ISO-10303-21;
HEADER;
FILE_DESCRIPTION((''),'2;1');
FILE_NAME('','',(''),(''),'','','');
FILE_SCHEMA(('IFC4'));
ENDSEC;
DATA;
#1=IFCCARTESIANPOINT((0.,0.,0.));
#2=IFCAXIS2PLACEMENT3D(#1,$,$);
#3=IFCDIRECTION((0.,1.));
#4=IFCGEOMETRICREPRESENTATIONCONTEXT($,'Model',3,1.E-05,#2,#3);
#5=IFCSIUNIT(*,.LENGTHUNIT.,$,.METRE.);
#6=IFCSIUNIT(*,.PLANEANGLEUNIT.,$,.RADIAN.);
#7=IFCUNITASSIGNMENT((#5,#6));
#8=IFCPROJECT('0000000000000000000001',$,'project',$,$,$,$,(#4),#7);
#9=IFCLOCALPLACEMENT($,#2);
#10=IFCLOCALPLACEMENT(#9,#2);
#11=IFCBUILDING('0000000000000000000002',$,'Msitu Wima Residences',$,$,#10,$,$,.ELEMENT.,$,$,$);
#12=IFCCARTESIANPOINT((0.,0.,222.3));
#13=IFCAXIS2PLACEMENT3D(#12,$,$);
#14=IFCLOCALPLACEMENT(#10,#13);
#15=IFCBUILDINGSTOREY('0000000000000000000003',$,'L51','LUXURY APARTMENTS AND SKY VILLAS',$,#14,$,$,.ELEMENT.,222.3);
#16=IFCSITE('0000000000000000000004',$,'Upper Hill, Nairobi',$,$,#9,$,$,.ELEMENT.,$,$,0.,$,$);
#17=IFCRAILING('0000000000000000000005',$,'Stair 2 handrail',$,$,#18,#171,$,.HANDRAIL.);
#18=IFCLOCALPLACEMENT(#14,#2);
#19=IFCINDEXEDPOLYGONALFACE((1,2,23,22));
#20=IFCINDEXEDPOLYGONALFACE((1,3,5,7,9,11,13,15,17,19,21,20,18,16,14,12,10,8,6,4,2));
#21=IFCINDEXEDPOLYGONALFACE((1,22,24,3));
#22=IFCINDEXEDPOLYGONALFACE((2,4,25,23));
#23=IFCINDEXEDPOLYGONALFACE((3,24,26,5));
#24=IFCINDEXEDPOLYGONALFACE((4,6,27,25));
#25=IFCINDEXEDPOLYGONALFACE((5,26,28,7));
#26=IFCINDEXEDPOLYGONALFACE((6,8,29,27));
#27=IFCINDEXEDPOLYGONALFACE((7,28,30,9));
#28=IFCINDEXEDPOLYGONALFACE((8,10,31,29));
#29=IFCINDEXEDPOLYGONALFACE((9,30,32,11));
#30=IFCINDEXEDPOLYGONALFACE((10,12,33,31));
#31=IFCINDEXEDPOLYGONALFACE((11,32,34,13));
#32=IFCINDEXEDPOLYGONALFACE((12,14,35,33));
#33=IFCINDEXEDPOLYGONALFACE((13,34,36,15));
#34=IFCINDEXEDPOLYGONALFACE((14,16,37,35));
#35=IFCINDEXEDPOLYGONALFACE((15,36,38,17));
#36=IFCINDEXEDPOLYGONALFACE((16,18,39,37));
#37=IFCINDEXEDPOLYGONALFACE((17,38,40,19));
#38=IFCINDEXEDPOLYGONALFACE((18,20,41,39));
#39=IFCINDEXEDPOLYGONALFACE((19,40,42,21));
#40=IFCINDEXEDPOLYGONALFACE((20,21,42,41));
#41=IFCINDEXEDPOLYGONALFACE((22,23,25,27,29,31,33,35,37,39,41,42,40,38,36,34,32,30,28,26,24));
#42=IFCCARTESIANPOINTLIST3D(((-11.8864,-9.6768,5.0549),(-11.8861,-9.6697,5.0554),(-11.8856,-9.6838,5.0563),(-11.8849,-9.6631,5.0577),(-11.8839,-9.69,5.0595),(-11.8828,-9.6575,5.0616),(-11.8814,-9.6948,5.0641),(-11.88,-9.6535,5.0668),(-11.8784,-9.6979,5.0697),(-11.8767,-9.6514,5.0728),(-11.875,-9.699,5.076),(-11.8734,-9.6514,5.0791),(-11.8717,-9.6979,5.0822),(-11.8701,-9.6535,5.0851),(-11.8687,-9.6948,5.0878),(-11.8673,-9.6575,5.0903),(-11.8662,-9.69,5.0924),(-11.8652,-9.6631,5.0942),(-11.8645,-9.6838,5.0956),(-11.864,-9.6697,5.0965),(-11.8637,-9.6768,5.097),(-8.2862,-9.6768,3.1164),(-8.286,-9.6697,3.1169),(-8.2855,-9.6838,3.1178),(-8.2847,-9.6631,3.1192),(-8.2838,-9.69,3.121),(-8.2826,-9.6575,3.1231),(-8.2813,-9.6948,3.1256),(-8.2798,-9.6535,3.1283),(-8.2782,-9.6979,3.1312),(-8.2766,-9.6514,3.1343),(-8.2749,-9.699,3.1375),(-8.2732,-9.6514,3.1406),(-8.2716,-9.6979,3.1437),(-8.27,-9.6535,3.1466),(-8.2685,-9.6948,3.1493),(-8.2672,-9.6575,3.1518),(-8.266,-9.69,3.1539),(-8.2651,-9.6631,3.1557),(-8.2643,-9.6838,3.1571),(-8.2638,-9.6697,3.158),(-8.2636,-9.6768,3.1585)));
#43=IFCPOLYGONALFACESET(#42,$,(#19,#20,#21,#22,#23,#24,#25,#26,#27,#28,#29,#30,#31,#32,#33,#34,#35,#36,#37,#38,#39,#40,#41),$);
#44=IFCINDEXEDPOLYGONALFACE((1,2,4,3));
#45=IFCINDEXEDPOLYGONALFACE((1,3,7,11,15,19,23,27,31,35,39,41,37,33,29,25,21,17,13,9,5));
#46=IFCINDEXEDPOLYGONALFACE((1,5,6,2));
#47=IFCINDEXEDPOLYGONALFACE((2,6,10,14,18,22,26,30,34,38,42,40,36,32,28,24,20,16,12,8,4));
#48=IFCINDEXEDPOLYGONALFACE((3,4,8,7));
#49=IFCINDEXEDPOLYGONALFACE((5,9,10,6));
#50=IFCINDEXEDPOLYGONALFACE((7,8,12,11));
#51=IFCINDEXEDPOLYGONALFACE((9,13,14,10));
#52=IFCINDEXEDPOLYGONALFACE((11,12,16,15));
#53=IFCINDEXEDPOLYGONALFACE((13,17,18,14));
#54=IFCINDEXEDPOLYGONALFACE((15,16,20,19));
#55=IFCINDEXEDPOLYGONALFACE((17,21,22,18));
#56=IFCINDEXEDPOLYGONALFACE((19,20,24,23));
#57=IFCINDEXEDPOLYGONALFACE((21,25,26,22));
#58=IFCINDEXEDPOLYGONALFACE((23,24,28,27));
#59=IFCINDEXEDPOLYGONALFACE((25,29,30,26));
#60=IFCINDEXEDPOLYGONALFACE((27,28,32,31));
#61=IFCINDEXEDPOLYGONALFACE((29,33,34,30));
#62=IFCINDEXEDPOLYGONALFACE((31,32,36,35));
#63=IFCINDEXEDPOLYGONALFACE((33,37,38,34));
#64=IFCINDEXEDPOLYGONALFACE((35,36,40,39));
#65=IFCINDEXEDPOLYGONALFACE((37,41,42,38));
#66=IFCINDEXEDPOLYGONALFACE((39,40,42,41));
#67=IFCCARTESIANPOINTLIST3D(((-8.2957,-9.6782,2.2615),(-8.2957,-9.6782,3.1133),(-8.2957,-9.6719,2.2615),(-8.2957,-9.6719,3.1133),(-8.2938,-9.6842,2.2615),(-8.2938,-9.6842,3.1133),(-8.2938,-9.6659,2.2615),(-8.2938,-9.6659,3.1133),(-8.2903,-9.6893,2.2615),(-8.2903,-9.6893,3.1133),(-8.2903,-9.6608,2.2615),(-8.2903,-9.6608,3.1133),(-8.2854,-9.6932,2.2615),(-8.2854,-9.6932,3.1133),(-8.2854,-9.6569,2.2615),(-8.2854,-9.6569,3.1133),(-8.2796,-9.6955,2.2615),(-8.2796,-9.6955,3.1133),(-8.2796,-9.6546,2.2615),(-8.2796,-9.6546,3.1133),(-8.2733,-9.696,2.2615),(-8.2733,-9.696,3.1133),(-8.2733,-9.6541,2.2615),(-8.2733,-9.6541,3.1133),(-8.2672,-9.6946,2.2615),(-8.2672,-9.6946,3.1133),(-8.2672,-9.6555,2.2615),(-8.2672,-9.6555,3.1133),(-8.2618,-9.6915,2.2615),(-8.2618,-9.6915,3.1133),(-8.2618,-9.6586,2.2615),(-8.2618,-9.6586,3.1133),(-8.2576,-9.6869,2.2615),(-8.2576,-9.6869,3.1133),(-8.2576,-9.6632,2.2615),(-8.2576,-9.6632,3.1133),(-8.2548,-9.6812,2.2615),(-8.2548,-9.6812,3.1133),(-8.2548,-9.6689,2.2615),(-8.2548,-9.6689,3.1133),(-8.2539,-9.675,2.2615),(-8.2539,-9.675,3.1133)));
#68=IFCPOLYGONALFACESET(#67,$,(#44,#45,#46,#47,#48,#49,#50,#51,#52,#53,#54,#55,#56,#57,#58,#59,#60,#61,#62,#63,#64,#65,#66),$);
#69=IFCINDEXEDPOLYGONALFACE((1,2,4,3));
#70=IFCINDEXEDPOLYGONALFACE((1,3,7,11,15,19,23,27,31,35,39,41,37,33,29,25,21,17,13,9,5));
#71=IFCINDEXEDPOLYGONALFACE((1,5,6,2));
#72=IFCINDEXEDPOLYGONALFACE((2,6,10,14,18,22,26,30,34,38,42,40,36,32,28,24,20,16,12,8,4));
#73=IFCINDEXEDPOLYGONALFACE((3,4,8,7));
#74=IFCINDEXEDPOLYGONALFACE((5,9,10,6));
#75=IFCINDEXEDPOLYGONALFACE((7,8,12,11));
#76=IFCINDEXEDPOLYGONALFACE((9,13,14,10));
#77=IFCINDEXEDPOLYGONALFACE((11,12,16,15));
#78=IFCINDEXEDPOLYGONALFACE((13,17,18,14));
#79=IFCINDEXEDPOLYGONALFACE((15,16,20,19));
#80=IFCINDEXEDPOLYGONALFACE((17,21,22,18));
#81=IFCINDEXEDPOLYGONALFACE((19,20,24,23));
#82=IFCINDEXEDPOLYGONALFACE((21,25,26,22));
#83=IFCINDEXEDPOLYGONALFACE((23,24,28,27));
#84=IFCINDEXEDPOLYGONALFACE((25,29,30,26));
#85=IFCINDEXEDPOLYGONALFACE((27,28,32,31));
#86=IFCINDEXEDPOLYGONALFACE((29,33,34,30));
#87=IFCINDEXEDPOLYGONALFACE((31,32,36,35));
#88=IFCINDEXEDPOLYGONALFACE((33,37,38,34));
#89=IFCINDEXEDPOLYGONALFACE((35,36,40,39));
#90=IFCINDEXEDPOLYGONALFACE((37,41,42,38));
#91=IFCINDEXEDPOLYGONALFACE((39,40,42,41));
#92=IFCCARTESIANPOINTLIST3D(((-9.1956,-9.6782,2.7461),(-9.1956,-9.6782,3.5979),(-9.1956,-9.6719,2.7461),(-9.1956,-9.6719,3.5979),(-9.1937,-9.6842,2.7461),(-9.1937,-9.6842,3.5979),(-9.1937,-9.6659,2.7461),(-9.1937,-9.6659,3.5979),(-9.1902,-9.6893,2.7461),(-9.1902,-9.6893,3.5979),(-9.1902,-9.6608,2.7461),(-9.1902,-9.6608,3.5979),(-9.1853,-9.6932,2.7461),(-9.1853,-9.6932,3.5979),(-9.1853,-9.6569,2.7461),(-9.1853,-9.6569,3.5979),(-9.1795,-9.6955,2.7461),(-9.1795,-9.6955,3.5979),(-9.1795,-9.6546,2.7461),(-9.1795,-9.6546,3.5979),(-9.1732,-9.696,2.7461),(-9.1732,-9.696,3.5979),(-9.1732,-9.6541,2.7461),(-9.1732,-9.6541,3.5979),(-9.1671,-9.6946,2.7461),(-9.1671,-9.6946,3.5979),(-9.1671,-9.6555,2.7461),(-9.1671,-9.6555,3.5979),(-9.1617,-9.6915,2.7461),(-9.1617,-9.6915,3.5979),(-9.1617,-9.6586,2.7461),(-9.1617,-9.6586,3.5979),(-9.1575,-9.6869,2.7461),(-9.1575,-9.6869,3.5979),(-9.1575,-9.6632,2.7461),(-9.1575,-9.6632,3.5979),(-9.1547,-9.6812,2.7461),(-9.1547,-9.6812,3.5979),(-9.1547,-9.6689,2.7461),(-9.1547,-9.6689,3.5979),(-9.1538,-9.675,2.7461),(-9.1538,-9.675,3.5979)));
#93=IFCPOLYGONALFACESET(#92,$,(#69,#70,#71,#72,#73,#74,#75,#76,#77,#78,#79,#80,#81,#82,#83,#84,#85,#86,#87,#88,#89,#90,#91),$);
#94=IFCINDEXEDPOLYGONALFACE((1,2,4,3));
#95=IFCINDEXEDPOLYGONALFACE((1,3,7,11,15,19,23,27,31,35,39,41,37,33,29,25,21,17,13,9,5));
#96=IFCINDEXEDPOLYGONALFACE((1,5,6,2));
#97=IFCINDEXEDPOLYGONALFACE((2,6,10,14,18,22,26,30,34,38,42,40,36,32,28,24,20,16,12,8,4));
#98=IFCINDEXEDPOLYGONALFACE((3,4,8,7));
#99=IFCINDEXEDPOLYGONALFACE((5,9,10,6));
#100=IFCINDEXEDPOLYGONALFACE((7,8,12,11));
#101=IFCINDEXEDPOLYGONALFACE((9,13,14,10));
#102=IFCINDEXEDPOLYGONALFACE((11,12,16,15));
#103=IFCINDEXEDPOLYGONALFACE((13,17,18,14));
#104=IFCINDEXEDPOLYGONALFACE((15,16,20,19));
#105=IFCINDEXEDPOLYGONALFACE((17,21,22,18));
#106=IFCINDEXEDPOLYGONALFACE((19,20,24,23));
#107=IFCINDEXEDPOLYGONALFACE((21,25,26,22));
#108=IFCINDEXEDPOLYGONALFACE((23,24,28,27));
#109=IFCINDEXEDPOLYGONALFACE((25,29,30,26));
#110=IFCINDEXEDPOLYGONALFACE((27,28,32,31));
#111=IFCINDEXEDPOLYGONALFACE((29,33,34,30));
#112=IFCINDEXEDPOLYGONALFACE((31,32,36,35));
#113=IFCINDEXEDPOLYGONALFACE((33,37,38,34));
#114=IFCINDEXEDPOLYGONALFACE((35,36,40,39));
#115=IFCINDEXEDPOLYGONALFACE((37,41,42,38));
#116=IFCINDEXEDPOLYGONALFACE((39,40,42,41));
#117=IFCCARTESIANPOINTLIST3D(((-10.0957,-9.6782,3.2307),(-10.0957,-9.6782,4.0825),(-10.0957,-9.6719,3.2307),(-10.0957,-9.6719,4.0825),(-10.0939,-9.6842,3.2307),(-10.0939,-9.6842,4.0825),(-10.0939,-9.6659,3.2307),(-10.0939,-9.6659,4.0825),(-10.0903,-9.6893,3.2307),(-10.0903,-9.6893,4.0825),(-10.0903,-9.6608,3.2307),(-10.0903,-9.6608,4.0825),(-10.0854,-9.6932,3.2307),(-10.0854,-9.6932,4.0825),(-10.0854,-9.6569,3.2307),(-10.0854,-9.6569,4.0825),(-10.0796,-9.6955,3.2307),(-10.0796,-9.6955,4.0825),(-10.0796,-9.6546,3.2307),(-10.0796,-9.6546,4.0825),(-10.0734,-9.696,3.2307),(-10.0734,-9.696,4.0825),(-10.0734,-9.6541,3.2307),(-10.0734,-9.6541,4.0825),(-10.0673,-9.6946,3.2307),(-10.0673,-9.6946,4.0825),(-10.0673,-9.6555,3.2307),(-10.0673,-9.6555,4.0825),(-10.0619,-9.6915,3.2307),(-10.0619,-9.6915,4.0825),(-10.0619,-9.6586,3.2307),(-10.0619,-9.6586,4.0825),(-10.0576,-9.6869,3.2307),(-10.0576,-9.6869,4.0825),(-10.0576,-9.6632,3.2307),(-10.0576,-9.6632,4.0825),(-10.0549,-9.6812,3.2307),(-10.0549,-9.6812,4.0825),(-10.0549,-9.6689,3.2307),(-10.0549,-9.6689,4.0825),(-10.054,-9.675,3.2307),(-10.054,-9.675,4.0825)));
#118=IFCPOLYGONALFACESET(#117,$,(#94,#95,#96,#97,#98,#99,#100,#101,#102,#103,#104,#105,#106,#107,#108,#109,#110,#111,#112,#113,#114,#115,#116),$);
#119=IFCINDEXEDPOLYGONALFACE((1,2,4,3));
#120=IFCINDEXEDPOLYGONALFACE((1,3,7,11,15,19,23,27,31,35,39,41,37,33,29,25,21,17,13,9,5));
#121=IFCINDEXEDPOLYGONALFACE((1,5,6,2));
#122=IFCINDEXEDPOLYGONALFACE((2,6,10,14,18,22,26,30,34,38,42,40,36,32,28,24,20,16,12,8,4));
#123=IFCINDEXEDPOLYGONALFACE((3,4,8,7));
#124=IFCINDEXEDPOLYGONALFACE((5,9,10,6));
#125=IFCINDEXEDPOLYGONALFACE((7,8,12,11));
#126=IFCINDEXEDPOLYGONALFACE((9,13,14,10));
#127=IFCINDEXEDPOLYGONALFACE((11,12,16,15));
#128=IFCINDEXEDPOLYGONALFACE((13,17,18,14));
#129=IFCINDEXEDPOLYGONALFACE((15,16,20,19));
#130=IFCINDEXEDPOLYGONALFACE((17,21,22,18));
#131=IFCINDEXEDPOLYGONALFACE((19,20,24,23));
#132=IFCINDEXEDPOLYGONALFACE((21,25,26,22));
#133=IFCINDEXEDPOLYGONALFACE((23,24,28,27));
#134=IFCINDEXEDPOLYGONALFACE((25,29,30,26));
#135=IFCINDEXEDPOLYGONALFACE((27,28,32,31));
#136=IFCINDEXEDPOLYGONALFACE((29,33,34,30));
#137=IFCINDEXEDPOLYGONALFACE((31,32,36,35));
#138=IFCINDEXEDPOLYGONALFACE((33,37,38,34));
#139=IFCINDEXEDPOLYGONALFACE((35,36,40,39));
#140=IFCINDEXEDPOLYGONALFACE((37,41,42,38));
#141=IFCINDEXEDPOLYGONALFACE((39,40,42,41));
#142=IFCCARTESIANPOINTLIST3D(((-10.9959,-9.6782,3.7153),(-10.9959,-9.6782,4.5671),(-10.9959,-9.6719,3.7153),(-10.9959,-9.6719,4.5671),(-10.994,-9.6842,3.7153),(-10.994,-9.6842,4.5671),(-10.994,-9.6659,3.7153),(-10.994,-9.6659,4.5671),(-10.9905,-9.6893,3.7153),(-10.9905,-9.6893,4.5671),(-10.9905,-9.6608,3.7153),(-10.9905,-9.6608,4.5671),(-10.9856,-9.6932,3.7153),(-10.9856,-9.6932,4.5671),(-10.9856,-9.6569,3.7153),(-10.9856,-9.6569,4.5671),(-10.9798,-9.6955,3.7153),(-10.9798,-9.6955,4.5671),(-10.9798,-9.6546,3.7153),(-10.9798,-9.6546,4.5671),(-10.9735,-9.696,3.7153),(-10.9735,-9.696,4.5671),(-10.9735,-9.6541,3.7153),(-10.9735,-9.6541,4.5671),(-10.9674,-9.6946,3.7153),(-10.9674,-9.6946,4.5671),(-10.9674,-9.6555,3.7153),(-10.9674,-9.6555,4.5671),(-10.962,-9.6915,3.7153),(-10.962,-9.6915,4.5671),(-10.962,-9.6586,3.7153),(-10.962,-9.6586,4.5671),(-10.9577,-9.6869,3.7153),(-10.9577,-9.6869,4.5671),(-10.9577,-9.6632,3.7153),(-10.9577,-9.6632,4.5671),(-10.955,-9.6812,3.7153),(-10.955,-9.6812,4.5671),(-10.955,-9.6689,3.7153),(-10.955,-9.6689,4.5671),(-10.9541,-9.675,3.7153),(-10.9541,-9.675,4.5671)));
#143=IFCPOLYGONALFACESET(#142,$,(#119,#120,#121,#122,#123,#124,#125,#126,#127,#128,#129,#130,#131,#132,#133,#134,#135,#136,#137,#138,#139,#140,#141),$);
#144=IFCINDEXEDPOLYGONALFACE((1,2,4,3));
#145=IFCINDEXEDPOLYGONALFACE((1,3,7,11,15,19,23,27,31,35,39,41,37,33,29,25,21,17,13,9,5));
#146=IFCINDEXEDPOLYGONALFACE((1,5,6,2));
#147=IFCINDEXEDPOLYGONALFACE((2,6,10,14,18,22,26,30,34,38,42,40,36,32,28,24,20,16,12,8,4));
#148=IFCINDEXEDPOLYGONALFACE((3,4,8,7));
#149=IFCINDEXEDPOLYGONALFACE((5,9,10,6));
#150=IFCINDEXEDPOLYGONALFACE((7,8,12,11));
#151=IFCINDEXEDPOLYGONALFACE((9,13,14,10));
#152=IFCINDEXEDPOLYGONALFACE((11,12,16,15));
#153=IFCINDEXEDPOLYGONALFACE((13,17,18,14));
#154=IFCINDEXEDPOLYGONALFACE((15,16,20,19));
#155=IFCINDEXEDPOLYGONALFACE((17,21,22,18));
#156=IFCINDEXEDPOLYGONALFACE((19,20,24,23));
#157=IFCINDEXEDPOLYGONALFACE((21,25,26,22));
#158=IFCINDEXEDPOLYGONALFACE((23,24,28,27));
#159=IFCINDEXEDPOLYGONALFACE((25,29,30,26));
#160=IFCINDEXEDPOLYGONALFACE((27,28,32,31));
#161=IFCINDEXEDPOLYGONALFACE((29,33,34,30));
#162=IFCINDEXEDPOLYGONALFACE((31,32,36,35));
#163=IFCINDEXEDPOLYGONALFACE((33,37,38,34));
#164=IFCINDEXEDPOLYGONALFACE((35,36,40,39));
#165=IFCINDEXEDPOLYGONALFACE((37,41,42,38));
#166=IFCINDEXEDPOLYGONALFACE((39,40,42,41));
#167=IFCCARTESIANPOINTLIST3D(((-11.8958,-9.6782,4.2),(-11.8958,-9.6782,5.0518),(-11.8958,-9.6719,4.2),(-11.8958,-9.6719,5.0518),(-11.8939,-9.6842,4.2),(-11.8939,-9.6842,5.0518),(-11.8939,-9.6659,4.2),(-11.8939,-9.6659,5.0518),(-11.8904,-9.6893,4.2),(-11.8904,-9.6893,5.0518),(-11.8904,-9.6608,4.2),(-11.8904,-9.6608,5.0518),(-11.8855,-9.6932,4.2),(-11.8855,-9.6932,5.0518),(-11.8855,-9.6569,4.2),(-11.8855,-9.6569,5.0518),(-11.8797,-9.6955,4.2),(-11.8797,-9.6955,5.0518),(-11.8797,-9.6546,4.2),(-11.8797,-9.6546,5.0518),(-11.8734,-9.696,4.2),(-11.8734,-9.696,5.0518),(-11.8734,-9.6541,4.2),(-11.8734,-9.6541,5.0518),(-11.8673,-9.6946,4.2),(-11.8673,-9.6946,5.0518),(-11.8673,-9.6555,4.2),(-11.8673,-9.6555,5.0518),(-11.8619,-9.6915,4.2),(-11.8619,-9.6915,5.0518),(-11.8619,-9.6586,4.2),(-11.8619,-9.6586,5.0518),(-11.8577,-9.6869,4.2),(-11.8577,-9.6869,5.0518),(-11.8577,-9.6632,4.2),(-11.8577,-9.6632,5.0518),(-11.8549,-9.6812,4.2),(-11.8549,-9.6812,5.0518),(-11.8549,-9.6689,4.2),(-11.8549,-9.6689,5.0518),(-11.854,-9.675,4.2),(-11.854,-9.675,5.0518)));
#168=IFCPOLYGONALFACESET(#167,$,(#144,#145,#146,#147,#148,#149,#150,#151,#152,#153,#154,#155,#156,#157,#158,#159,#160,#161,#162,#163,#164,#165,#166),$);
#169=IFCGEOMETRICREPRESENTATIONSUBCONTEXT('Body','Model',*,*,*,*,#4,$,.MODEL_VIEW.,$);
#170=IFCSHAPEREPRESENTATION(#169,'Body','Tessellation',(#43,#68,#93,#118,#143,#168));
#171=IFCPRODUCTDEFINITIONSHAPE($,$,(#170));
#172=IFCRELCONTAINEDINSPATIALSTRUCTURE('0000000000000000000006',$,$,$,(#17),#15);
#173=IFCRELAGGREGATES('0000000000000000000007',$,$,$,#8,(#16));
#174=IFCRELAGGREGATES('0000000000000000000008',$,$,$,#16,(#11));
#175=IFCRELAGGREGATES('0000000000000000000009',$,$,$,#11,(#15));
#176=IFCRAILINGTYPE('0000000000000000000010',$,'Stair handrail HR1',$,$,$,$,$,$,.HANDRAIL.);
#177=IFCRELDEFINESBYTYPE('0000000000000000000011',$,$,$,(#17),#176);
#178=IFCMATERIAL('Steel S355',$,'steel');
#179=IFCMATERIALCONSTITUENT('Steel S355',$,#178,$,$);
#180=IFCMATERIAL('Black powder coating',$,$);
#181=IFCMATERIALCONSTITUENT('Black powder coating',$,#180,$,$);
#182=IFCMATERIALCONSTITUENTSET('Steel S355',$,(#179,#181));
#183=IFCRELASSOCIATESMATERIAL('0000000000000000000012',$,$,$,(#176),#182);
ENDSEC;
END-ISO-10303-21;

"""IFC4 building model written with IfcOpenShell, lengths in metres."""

from ifc_helpers import new_model, si_unit, direction, frame, origin, origin_2d, place, context, subcontext, project, spatial, circle, extrude, material, constituent, constituent_set, type_object, element, save


model = new_model("IFC4")

# Units and contexts
model_context = context("Model", 3, precision=1e-05, world=origin(), true_north=direction((0.0, 1.0)))
body_context = subcontext(model_context, "Body", "Model", "MODEL_VIEW")
ifc_project = project(units=[si_unit("LENGTHUNIT", "METRE"), si_unit("PLANEANGLEUNIT", "RADIAN")], contexts=[model_context])

# Site, building, storey
site_placement = place(None, origin())
site = spatial("IfcSite", under=ifc_project, at=site_placement, Name="Upper Hill, Nairobi", CompositionType="ELEMENT", RefElevation=0.0)
building_placement = place(site_placement, origin())
building = spatial("IfcBuilding", under=site, at=building_placement, Name="Msitu Wima Residences", CompositionType="ELEMENT")
storey_placement = place(building_placement, frame((0.0, 0.0, 222.3)))
storey = spatial("IfcBuildingStorey", under=building, at=storey_placement, Name="L51", Description="LUXURY APARTMENTS AND SKY VILLAS", CompositionType="ELEMENT", Elevation=222.3)

# Railing
ifc_material_1 = material(Name="Steel S355", Category="steel")
ifc_constituent_1 = constituent(ifc_material_1, Name="Steel S355")
ifc_material_2 = material(Name="Black powder coating")
ifc_constituent_2 = constituent(ifc_material_2, Name="Black powder coating")
ifc_constituent_set = constituent_set(constituents=[ifc_constituent_1, ifc_constituent_2], Name="Steel S355")
railing_type = type_object("IfcRailingType", Name="Stair handrail HR1", PredefinedType="HANDRAIL", material=ifc_constituent_set)
for number, where, name in (
    (1, (-8.2749, -9.675, 2.2615), "Stair 2 handrail"),
):
    element("IfcRailing", number, at=place(storey_placement, frame(where)), inside=storey, type_object=railing_type, Name=name, PredefinedType="HANDRAIL", context=body_context, shape_type="SweptSolid", body=[
        extrude(circle(Radius=0.0239, at=origin_2d()), frame((0.0, 0.0, 0.876), z_axis=(-0.880475, 0.0, 0.474093), x_axis=(0.0, -1.0, 0.0)), (0.0, 0.0, 1.0), 4.0889),
        extrude(circle(Radius=0.021, at=origin_2d()), origin(), (0.0, 0.0, 1.0), 0.8518),
        extrude(circle(Radius=0.021, at=origin_2d()), frame((-0.8999, 0.0, 0.4846)), (0.0, 0.0, 1.0), 0.8518),
        extrude(circle(Radius=0.021, at=origin_2d()), frame((-1.8, 0.0, 0.9692)), (0.0, 0.0, 1.0), 0.8518),
        extrude(circle(Radius=0.021, at=origin_2d()), frame((-2.7002, 0.0, 1.4539)), (0.0, 0.0, 1.0), 0.8518),
        extrude(circle(Radius=0.021, at=origin_2d()), frame((-3.6001, 0.0, 1.9385)), (0.0, 0.0, 1.0), 0.8518),
    ])

save(model, "model.ifc")
